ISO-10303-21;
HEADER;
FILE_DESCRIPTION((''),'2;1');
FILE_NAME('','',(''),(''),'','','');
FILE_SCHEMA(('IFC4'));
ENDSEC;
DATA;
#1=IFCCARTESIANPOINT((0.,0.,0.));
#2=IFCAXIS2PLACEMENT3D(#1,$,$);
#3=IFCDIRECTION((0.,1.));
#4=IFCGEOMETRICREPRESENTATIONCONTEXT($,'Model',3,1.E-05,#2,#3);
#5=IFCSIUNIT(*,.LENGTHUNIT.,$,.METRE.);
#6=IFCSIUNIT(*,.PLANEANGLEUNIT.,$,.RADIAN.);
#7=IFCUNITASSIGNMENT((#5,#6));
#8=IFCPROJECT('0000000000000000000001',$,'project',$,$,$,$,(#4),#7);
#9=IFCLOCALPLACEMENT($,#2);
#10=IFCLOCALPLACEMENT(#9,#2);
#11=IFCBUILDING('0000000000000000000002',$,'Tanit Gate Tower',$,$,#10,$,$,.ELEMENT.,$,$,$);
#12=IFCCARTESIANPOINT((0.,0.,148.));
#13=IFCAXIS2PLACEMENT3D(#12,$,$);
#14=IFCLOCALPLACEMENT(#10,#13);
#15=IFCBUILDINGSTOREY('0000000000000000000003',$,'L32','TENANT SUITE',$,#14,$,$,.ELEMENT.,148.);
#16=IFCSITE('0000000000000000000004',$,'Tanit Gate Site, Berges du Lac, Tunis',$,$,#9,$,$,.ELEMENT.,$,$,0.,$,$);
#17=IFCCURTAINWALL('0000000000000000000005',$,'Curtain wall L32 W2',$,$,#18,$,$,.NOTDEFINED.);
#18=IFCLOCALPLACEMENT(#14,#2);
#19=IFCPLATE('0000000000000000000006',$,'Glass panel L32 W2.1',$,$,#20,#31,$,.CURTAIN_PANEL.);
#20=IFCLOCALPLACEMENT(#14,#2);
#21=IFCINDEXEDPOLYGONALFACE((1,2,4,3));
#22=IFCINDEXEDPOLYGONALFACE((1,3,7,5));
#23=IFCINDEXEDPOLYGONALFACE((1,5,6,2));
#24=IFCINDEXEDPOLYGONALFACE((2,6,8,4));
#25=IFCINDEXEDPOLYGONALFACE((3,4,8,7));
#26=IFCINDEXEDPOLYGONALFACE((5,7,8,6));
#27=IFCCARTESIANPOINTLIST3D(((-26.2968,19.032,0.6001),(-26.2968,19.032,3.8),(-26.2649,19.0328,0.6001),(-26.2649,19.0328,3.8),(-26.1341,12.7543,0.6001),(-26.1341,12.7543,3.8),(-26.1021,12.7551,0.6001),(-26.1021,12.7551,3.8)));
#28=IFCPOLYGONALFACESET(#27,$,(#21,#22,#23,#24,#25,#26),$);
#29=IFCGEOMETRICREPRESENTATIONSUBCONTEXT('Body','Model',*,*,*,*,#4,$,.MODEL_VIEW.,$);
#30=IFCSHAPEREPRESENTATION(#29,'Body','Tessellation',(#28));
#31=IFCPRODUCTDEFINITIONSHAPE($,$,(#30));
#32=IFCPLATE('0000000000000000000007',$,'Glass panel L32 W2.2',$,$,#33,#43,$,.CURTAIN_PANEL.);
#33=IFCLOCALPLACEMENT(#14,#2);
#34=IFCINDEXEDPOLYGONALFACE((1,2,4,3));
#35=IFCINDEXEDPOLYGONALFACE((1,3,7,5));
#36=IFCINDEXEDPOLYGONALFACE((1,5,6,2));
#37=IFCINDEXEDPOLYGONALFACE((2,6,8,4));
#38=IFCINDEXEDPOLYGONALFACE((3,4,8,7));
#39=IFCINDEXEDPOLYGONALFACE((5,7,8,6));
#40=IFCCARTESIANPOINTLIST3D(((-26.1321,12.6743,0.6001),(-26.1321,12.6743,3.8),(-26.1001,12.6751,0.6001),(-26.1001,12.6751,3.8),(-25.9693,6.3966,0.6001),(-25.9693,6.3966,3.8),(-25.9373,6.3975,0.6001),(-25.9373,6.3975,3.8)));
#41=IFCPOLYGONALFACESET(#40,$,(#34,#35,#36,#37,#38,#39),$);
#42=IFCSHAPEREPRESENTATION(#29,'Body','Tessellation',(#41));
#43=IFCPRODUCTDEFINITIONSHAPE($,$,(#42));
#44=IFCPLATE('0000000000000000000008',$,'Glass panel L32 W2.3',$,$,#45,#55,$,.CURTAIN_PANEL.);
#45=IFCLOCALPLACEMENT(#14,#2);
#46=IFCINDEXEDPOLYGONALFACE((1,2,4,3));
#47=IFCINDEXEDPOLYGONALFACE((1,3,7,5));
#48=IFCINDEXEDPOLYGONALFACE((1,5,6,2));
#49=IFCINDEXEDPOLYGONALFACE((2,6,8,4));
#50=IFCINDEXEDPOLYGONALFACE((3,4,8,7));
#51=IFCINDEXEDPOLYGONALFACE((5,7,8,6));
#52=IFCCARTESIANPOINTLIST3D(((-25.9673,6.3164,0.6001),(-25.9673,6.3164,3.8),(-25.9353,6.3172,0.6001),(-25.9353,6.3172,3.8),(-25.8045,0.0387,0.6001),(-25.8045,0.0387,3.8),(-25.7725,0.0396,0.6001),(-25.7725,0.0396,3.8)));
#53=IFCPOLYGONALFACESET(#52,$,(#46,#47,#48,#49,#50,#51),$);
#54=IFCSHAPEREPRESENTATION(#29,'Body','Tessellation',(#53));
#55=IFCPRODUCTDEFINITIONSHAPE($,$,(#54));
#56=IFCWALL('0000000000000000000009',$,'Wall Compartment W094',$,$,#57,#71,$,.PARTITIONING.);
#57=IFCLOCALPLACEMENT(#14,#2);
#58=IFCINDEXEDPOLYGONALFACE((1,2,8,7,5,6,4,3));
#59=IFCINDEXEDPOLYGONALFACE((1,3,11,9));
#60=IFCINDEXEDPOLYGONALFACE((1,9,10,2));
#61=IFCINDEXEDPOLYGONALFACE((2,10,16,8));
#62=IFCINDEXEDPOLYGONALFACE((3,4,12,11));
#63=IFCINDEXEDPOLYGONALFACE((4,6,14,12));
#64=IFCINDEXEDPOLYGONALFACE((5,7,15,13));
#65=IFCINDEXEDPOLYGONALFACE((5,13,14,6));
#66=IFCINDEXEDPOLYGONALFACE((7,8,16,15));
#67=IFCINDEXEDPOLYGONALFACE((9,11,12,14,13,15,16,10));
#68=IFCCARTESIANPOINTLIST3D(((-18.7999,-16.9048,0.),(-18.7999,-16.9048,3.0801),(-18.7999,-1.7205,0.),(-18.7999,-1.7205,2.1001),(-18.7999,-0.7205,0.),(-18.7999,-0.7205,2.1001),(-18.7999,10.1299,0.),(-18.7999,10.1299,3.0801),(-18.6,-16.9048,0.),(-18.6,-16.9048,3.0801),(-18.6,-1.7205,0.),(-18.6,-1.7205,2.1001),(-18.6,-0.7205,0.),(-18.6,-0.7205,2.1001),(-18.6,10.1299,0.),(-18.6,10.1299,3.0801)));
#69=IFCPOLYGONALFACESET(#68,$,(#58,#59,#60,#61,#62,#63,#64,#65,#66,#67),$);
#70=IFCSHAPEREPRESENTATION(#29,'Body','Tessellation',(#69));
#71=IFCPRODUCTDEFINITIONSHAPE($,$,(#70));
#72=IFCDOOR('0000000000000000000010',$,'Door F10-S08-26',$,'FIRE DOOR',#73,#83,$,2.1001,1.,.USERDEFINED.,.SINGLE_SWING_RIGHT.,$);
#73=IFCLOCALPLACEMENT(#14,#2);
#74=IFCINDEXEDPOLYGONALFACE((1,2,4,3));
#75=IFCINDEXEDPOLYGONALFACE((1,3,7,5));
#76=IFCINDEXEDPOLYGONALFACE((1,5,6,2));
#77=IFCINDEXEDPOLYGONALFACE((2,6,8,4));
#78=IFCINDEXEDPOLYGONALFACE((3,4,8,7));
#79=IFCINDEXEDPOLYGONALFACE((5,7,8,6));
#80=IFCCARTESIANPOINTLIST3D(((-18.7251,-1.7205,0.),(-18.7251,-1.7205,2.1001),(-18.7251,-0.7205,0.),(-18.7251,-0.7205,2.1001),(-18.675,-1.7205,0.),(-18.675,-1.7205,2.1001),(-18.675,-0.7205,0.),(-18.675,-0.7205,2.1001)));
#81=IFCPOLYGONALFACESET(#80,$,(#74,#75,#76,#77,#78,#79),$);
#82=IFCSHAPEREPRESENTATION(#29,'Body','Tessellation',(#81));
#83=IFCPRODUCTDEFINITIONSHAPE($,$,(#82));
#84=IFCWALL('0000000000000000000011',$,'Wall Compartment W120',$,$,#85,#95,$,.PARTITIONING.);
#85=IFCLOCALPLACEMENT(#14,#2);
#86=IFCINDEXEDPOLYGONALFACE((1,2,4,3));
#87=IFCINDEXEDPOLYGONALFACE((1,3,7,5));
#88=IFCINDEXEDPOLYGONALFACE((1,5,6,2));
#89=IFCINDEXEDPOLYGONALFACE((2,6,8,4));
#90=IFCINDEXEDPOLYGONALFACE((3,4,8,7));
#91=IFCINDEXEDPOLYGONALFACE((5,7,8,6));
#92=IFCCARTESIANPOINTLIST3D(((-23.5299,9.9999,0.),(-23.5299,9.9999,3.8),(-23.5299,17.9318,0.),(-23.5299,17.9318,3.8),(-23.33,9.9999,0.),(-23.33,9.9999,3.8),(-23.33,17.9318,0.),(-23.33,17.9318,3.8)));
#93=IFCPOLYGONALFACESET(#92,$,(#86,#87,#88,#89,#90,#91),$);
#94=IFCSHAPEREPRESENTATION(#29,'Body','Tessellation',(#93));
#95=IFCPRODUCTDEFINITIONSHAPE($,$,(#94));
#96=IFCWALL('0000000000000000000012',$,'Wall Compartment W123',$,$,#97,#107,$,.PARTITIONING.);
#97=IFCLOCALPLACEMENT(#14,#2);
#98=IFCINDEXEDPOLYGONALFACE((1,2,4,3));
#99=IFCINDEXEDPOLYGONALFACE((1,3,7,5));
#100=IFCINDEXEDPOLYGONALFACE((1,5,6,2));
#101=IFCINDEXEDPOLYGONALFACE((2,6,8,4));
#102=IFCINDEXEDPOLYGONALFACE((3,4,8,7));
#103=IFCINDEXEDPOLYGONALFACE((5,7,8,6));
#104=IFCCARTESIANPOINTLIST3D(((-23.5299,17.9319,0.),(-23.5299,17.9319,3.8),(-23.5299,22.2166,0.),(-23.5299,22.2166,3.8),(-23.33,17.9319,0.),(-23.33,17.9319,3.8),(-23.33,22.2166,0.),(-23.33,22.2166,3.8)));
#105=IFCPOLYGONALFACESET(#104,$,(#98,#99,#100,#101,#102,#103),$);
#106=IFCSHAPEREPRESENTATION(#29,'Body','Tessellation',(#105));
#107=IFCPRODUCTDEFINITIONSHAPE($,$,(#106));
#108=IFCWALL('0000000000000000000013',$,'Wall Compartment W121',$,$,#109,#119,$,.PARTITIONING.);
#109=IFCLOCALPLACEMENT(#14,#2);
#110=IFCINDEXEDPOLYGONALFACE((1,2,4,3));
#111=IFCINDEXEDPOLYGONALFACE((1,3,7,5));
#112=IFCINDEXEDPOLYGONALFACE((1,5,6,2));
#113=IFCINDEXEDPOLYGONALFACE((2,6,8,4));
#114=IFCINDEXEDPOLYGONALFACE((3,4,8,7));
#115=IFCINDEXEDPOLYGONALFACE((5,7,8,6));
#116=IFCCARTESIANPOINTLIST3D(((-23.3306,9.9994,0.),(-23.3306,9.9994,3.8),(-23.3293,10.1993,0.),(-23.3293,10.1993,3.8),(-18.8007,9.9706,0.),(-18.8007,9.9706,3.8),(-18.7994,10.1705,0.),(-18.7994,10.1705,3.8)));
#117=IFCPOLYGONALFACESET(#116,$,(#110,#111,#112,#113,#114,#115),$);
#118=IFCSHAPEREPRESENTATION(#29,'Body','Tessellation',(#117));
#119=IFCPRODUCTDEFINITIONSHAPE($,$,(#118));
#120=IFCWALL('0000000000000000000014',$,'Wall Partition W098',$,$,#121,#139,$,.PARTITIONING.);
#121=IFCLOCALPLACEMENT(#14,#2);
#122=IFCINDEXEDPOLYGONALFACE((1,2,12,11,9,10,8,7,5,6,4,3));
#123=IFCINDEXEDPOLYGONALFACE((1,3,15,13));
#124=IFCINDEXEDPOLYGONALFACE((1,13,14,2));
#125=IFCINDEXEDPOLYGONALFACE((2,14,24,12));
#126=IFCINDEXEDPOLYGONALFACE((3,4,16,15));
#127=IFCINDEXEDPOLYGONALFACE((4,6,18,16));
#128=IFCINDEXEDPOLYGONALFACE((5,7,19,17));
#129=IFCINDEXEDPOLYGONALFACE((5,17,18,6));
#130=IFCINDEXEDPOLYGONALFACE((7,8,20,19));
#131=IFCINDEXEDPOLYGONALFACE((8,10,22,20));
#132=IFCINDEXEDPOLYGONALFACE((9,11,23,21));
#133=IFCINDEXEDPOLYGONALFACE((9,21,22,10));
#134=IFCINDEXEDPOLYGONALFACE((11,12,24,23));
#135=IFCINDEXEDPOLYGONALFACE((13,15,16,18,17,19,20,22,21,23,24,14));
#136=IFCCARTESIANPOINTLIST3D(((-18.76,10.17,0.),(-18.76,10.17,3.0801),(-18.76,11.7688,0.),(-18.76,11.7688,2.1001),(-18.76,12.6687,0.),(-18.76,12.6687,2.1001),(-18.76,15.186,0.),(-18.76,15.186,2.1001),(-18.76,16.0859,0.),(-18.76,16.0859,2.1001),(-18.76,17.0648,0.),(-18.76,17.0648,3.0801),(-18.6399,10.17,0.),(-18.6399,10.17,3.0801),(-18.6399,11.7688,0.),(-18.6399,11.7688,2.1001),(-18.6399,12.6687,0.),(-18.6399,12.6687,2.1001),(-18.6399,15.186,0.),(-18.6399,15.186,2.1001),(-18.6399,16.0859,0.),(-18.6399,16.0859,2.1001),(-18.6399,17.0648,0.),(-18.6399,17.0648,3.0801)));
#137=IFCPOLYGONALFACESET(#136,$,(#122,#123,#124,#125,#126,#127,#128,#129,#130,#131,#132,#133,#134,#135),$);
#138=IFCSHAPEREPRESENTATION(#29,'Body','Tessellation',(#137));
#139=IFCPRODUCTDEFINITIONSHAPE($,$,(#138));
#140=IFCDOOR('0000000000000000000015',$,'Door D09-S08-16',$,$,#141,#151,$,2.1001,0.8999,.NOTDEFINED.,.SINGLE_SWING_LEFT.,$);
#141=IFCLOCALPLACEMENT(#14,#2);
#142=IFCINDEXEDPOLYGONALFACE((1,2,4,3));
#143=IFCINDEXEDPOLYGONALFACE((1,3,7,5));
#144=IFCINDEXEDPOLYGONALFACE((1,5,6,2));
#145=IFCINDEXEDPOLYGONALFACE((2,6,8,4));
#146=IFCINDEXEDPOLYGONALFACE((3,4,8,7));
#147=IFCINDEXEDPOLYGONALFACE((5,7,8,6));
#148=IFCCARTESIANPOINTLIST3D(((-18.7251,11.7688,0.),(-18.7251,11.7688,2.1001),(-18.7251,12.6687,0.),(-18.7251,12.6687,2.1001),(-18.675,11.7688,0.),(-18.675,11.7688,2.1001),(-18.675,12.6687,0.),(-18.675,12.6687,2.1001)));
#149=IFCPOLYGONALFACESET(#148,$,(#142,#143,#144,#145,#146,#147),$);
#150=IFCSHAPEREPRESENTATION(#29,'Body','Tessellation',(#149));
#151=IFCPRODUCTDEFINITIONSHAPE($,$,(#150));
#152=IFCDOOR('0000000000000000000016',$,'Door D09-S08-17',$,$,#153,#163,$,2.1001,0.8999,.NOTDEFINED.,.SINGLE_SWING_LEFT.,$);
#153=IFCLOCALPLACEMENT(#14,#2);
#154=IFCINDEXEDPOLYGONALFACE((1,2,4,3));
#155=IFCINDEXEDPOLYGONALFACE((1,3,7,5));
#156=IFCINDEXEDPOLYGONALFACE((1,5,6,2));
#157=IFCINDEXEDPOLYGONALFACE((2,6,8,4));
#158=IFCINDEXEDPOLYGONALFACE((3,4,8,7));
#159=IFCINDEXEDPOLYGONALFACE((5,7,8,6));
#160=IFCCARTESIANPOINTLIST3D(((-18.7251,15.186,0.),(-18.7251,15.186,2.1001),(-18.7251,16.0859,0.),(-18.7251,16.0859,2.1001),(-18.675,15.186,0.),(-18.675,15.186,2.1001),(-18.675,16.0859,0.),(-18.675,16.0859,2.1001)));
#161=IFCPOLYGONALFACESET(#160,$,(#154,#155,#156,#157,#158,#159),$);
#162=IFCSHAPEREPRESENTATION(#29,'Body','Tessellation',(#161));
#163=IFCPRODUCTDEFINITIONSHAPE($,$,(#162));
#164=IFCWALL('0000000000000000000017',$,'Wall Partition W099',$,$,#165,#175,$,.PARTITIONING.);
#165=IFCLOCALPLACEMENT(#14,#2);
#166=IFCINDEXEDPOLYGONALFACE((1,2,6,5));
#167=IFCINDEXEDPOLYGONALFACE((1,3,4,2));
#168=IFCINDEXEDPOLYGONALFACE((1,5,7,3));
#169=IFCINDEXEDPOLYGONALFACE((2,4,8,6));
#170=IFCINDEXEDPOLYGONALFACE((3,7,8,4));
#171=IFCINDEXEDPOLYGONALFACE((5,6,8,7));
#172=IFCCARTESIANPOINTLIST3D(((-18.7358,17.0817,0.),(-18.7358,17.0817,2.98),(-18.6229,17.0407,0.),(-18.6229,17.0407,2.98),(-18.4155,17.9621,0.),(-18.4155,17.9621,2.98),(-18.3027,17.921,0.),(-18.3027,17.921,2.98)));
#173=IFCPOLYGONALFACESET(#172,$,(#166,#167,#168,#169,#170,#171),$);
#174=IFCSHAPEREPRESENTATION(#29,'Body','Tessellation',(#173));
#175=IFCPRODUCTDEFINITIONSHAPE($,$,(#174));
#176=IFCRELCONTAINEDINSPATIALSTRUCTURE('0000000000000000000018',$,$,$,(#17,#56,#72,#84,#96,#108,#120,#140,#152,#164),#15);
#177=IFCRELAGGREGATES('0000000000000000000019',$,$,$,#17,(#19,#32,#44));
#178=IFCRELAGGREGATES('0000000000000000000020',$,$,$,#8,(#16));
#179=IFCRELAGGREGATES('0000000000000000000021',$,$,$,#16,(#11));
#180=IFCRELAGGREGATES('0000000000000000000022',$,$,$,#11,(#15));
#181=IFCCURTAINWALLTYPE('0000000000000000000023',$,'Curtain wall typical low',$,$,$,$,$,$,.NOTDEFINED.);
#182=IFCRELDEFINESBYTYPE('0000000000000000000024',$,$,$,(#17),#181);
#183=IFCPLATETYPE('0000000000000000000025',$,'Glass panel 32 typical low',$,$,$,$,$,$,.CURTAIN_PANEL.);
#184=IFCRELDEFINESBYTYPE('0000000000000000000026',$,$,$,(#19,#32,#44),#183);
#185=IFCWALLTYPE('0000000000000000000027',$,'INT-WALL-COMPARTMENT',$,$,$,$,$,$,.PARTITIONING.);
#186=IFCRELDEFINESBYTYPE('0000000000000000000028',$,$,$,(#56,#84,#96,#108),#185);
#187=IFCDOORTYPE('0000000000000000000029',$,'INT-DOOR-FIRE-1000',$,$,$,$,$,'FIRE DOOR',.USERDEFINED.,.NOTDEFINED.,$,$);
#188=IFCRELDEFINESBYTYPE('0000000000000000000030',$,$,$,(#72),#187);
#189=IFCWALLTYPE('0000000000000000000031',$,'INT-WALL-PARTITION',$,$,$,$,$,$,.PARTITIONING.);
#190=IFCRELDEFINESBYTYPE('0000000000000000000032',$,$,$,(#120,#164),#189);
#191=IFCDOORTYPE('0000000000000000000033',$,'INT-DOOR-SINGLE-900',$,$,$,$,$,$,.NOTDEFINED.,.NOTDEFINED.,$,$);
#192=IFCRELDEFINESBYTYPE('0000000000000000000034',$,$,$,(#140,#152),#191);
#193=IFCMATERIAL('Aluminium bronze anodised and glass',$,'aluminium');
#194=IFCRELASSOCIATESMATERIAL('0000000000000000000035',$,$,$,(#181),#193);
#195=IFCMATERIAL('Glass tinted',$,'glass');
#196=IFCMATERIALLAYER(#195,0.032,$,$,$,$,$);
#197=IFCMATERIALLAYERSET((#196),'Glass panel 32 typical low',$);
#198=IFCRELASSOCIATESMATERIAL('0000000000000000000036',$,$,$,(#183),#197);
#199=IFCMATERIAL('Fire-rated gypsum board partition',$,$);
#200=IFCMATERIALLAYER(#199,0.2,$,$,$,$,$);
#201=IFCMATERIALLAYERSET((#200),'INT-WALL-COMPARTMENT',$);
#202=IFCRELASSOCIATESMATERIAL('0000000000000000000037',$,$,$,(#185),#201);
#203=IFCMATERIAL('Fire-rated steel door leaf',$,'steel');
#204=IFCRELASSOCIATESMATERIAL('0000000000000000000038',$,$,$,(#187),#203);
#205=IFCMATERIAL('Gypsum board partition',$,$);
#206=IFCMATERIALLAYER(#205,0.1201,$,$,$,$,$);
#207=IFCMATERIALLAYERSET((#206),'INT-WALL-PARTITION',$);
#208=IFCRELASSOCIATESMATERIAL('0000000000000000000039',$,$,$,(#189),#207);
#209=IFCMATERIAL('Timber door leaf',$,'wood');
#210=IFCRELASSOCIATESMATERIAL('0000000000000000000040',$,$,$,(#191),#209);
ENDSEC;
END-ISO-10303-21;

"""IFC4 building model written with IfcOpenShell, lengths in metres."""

from ifc_helpers import new_model, si_unit, direction, frame, frame_2d, origin, origin_2d, place, context, subcontext, project, spatial, rectangle, extrude, material, layer, layer_set, type_object, element, fill, aggregate, save


model = new_model("IFC4")

# Units and contexts
model_context = context("Model", 3, precision=1e-05, world=origin(), true_north=direction((0.0, 1.0)))
body_context = subcontext(model_context, "Body", "Model", "MODEL_VIEW")
ifc_project = project(units=[si_unit("LENGTHUNIT", "METRE"), si_unit("PLANEANGLEUNIT", "RADIAN")], contexts=[model_context])

# Site, building, storey
site_placement = place(None, origin())
site = spatial("IfcSite", under=ifc_project, at=site_placement, Name="Tanit Gate Site, Berges du Lac, Tunis", CompositionType="ELEMENT", RefElevation=0.0)
building_placement = place(site_placement, origin())
building = spatial("IfcBuilding", under=site, at=building_placement, Name="Tanit Gate Tower", CompositionType="ELEMENT")
storey_placement = place(building_placement, frame((0.0, 0.0, 148.0)))
storey = spatial("IfcBuildingStorey", under=building, at=storey_placement, Name="L32", Description="TENANT SUITE", CompositionType="ELEMENT", Elevation=148.0)

# Curtain wall
ifc_material_1 = material(Name="Aluminium bronze anodised and glass", Category="aluminium")
curtain_wall_type = type_object("IfcCurtainWallType", Name="Curtain wall typical low", PredefinedType="NOTDEFINED", material=ifc_material_1)
curtain_wall_placement = place(storey_placement, origin())
curtain_wall = element("IfcCurtainWall", 1, at=curtain_wall_placement, inside=storey, type_object=curtain_wall_type, Name="Curtain wall L32 W2", PredefinedType="NOTDEFINED")

# Plates
ifc_material_2 = material(Name="Glass tinted", Category="glass")
ifc_layer_1 = layer(ifc_material_2, 0.032)
ifc_layer_set_1 = layer_set([ifc_layer_1], Name="Glass panel 32 typical low")
plate_type = type_object("IfcPlateType", Name="Glass panel 32 typical low", PredefinedType="CURTAIN_PANEL", material=ifc_layer_set_1)
plate_1_placement = place(storey_placement, frame((-26.1995, 15.8936, 0.6001), z_axis=(0.0, 0.0, 1.0), x_axis=(0.025924, -0.999664, 0.0)))
plate_1 = element("IfcPlate", 2, at=plate_1_placement, type_object=plate_type, Name="Glass panel L32 W2.1", PredefinedType="CURTAIN_PANEL", context=body_context, shape_type="SweptSolid", body=[
    extrude(rectangle(XDim=6.2798, YDim=0.032, at=origin_2d()), origin(), (0.0, 0.0, 1.0), 3.2),
])
plate_2_placement = place(storey_placement, frame((-26.0347, 9.5359, 0.6001), z_axis=(0.0, 0.0, 1.0), x_axis=(0.025924, -0.999664, 0.0)))
plate_2 = element("IfcPlate", 3, at=plate_2_placement, type_object=plate_type, Name="Glass panel L32 W2.2", PredefinedType="CURTAIN_PANEL", context=body_context, shape_type="SweptSolid", body=[
    extrude(rectangle(XDim=6.2798, YDim=0.032, at=origin_2d()), origin(), (0.0, 0.0, 1.0), 3.2),
])
plate_3_placement = place(storey_placement, frame((-25.8699, 3.178, 0.6001), z_axis=(0.0, 0.0, 1.0), x_axis=(0.025924, -0.999664, 0.0)))
plate_3 = element("IfcPlate", 4, at=plate_3_placement, type_object=plate_type, Name="Glass panel L32 W2.3", PredefinedType="CURTAIN_PANEL", context=body_context, shape_type="SweptSolid", body=[
    extrude(rectangle(XDim=6.2798, YDim=0.032, at=origin_2d()), origin(), (0.0, 0.0, 1.0), 3.2),
])
aggregate(curtain_wall, [plate_1, plate_2, plate_3])

# Wall, opening, door
ifc_material_3 = material(Name="Fire-rated gypsum board partition")
ifc_layer_2 = layer(ifc_material_3, 0.2)
ifc_layer_set_2 = layer_set([ifc_layer_2], Name="INT-WALL-COMPARTMENT")
wall_type_1 = type_object("IfcWallType", Name="INT-WALL-COMPARTMENT", PredefinedType="PARTITIONING", material=ifc_layer_set_2)
wall_1_placement = place(storey_placement, frame((-18.7, 10.1299, 0.0), z_axis=(0.0, 0.0, 1.0), x_axis=(0.0, -1.0, 0.0)))
wall_1 = element("IfcWall", 5, at=wall_1_placement, inside=storey, type_object=wall_type_1, Name="Wall Compartment W094", PredefinedType="PARTITIONING", context=body_context, shape_type="SweptSolid", body=[
    extrude(rectangle(XDim=27.0347, YDim=0.2, at=frame_2d((13.5173, 0.0))), origin(), (0.0, 0.0, 1.0), 3.0801),
])
opening_1_placement = place(wall_1_placement, frame((10.8503, 0.0, 0.0)))
opening_1 = element("IfcOpeningElement", 6, at=opening_1_placement, cuts=wall_1, PredefinedType="OPENING", context=body_context, shape_type="SweptSolid", body=[
    extrude(rectangle(XDim=1.0, YDim=2.1001, at=frame_2d((0.5, 1.05))), frame((0.0, 0.1099, 0.0), z_axis=(0.0, -1.0, 0.0), x_axis=(1.0, 0.0, 0.0)), (0.0, 0.0, 1.0), 0.22),
])
ifc_material_4 = material(Name="Fire-rated steel door leaf", Category="steel")
door_type_1 = type_object("IfcDoorType", Name="INT-DOOR-FIRE-1000", ElementType="FIRE DOOR", OperationType="NOTDEFINED", PredefinedType="USERDEFINED", material=ifc_material_4)
door_1_placement = place(opening_1_placement, origin())
door_1 = element("IfcDoor", 7, at=door_1_placement, inside=storey, type_object=door_type_1, Name="Door F10-S08-26", ObjectType="FIRE DOOR", OperationType="SINGLE_SWING_RIGHT", OverallHeight=2.1001, OverallWidth=1.0, PredefinedType="USERDEFINED", context=body_context, shape_type="SweptSolid", body=[
    extrude(rectangle(XDim=1.0, YDim=2.1001, at=frame_2d((0.5, 1.05))), frame((0.0, 0.0249, 0.0), z_axis=(0.0, -1.0, 0.0), x_axis=(1.0, 0.0, 0.0)), (0.0, 0.0, 1.0), 0.05),
])
fill(opening_1, door_1)

# Walls
wall_2_placement = place(storey_placement, frame((-23.4299, 10.0, 0.0), z_axis=(0.0, 0.0, 1.0), x_axis=(0.0, 1.0, 0.0)))
element("IfcWall", 8, at=wall_2_placement, inside=storey, type_object=wall_type_1, Name="Wall Compartment W120", PredefinedType="PARTITIONING", context=body_context, shape_type="SweptSolid", body=[
    extrude(rectangle(XDim=7.9319, YDim=0.2, at=frame_2d((3.9658, 0.0))), origin(), (0.0, 0.0, 1.0), 3.8),
])
wall_3_placement = place(storey_placement, frame((-23.4299, 17.9319, 0.0), z_axis=(0.0, 0.0, 1.0), x_axis=(0.0, 1.0, 0.0)))
element("IfcWall", 9, at=wall_3_placement, inside=storey, type_object=wall_type_1, Name="Wall Compartment W123", PredefinedType="PARTITIONING", context=body_context, shape_type="SweptSolid", body=[
    extrude(rectangle(XDim=4.2847, YDim=0.2, at=frame_2d((2.1423, 0.0))), origin(), (0.0, 0.0, 1.0), 3.8),
])
wall_4_placement = place(storey_placement, frame((-23.3301, 10.0994, 0.0), z_axis=(0.0, 0.0, 1.0), x_axis=(0.99998, -0.006359, 0.0)))
element("IfcWall", 10, at=wall_4_placement, inside=storey, type_object=wall_type_1, Name="Wall Compartment W121", PredefinedType="PARTITIONING", context=body_context, shape_type="SweptSolid", body=[
    extrude(rectangle(XDim=4.53, YDim=0.2, at=frame_2d((2.2651, 0.0))), origin(), (0.0, 0.0, 1.0), 3.8),
])

# Wall, openings, doors
ifc_material_5 = material(Name="Gypsum board partition")
ifc_layer_3 = layer(ifc_material_5, 0.1201)
ifc_layer_set_3 = layer_set([ifc_layer_3], Name="INT-WALL-PARTITION")
wall_type_2 = type_object("IfcWallType", Name="INT-WALL-PARTITION", PredefinedType="PARTITIONING", material=ifc_layer_set_3)
wall_5_placement = place(storey_placement, frame((-18.7, 17.0647, 0.0), z_axis=(0.0, 0.0, 1.0), x_axis=(0.0, -1.0, 0.0)))
wall_5 = element("IfcWall", 11, at=wall_5_placement, inside=storey, type_object=wall_type_2, Name="Wall Partition W098", PredefinedType="PARTITIONING", context=body_context, shape_type="SweptSolid", body=[
    extrude(rectangle(XDim=6.8948, YDim=0.1201, at=frame_2d((3.4473, 0.0))), origin(), (0.0, 0.0, 1.0), 3.0801),
])
opening_2_placement = place(wall_5_placement, frame((4.396, 0.0, 0.0)))
opening_2 = element("IfcOpeningElement", 12, at=opening_2_placement, cuts=wall_5, PredefinedType="OPENING", context=body_context, shape_type="SweptSolid", body=[
    extrude(rectangle(XDim=0.8999, YDim=2.1001, at=frame_2d((0.45, 1.05))), frame((0.0, 0.0701, 0.0), z_axis=(0.0, -1.0, 0.0), x_axis=(1.0, 0.0, 0.0)), (0.0, 0.0, 1.0), 0.1401),
])
opening_3_placement = place(wall_5_placement, frame((0.9788, 0.0, 0.0)))
opening_3 = element("IfcOpeningElement", 13, at=opening_3_placement, cuts=wall_5, PredefinedType="OPENING", context=body_context, shape_type="SweptSolid", body=[
    extrude(rectangle(XDim=0.8999, YDim=2.1001, at=frame_2d((0.45, 1.05))), frame((0.0, 0.0701, 0.0), z_axis=(0.0, -1.0, 0.0), x_axis=(1.0, 0.0, 0.0)), (0.0, 0.0, 1.0), 0.1401),
])
ifc_material_6 = material(Name="Timber door leaf", Category="wood")
door_type_2 = type_object("IfcDoorType", Name="INT-DOOR-SINGLE-900", OperationType="NOTDEFINED", PredefinedType="NOTDEFINED", material=ifc_material_6)
door_2_placement = place(opening_2_placement, origin())
door_2 = element("IfcDoor", 14, at=door_2_placement, inside=storey, type_object=door_type_2, Name="Door D09-S08-16", OperationType="SINGLE_SWING_LEFT", OverallHeight=2.1001, OverallWidth=0.8999, PredefinedType="NOTDEFINED", context=body_context, shape_type="SweptSolid", body=[
    extrude(rectangle(XDim=0.8999, YDim=2.1001, at=frame_2d((0.45, 1.05))), frame((0.0, 0.0249, 0.0), z_axis=(0.0, -1.0, 0.0), x_axis=(1.0, 0.0, 0.0)), (0.0, 0.0, 1.0), 0.05),
])
fill(opening_2, door_2)
door_3_placement = place(opening_3_placement, origin())
door_3 = element("IfcDoor", 15, at=door_3_placement, inside=storey, type_object=door_type_2, Name="Door D09-S08-17", OperationType="SINGLE_SWING_LEFT", OverallHeight=2.1001, OverallWidth=0.8999, PredefinedType="NOTDEFINED", context=body_context, shape_type="SweptSolid", body=[
    extrude(rectangle(XDim=0.8999, YDim=2.1001, at=frame_2d((0.45, 1.05))), frame((0.0, 0.0249, 0.0), z_axis=(0.0, -1.0, 0.0), x_axis=(1.0, 0.0, 0.0)), (0.0, 0.0, 1.0), 0.05),
])
fill(opening_3, door_3)

# Wall
wall_6_placement = place(storey_placement, frame((-18.3591, 17.9414, 0.0), z_axis=(0.0, 0.0, 1.0), x_axis=(-0.34191, -0.939733, 0.0)))
element("IfcWall", 16, at=wall_6_placement, inside=storey, type_object=wall_type_2, Name="Wall Partition W099", PredefinedType="PARTITIONING", context=body_context, shape_type="SweptSolid", body=[
    extrude(rectangle(XDim=0.9368, YDim=0.1201, at=frame_2d((0.4683, 0.0))), origin(), (0.0, 0.0, 1.0), 2.98),
])

save(model, "model.ifc")
